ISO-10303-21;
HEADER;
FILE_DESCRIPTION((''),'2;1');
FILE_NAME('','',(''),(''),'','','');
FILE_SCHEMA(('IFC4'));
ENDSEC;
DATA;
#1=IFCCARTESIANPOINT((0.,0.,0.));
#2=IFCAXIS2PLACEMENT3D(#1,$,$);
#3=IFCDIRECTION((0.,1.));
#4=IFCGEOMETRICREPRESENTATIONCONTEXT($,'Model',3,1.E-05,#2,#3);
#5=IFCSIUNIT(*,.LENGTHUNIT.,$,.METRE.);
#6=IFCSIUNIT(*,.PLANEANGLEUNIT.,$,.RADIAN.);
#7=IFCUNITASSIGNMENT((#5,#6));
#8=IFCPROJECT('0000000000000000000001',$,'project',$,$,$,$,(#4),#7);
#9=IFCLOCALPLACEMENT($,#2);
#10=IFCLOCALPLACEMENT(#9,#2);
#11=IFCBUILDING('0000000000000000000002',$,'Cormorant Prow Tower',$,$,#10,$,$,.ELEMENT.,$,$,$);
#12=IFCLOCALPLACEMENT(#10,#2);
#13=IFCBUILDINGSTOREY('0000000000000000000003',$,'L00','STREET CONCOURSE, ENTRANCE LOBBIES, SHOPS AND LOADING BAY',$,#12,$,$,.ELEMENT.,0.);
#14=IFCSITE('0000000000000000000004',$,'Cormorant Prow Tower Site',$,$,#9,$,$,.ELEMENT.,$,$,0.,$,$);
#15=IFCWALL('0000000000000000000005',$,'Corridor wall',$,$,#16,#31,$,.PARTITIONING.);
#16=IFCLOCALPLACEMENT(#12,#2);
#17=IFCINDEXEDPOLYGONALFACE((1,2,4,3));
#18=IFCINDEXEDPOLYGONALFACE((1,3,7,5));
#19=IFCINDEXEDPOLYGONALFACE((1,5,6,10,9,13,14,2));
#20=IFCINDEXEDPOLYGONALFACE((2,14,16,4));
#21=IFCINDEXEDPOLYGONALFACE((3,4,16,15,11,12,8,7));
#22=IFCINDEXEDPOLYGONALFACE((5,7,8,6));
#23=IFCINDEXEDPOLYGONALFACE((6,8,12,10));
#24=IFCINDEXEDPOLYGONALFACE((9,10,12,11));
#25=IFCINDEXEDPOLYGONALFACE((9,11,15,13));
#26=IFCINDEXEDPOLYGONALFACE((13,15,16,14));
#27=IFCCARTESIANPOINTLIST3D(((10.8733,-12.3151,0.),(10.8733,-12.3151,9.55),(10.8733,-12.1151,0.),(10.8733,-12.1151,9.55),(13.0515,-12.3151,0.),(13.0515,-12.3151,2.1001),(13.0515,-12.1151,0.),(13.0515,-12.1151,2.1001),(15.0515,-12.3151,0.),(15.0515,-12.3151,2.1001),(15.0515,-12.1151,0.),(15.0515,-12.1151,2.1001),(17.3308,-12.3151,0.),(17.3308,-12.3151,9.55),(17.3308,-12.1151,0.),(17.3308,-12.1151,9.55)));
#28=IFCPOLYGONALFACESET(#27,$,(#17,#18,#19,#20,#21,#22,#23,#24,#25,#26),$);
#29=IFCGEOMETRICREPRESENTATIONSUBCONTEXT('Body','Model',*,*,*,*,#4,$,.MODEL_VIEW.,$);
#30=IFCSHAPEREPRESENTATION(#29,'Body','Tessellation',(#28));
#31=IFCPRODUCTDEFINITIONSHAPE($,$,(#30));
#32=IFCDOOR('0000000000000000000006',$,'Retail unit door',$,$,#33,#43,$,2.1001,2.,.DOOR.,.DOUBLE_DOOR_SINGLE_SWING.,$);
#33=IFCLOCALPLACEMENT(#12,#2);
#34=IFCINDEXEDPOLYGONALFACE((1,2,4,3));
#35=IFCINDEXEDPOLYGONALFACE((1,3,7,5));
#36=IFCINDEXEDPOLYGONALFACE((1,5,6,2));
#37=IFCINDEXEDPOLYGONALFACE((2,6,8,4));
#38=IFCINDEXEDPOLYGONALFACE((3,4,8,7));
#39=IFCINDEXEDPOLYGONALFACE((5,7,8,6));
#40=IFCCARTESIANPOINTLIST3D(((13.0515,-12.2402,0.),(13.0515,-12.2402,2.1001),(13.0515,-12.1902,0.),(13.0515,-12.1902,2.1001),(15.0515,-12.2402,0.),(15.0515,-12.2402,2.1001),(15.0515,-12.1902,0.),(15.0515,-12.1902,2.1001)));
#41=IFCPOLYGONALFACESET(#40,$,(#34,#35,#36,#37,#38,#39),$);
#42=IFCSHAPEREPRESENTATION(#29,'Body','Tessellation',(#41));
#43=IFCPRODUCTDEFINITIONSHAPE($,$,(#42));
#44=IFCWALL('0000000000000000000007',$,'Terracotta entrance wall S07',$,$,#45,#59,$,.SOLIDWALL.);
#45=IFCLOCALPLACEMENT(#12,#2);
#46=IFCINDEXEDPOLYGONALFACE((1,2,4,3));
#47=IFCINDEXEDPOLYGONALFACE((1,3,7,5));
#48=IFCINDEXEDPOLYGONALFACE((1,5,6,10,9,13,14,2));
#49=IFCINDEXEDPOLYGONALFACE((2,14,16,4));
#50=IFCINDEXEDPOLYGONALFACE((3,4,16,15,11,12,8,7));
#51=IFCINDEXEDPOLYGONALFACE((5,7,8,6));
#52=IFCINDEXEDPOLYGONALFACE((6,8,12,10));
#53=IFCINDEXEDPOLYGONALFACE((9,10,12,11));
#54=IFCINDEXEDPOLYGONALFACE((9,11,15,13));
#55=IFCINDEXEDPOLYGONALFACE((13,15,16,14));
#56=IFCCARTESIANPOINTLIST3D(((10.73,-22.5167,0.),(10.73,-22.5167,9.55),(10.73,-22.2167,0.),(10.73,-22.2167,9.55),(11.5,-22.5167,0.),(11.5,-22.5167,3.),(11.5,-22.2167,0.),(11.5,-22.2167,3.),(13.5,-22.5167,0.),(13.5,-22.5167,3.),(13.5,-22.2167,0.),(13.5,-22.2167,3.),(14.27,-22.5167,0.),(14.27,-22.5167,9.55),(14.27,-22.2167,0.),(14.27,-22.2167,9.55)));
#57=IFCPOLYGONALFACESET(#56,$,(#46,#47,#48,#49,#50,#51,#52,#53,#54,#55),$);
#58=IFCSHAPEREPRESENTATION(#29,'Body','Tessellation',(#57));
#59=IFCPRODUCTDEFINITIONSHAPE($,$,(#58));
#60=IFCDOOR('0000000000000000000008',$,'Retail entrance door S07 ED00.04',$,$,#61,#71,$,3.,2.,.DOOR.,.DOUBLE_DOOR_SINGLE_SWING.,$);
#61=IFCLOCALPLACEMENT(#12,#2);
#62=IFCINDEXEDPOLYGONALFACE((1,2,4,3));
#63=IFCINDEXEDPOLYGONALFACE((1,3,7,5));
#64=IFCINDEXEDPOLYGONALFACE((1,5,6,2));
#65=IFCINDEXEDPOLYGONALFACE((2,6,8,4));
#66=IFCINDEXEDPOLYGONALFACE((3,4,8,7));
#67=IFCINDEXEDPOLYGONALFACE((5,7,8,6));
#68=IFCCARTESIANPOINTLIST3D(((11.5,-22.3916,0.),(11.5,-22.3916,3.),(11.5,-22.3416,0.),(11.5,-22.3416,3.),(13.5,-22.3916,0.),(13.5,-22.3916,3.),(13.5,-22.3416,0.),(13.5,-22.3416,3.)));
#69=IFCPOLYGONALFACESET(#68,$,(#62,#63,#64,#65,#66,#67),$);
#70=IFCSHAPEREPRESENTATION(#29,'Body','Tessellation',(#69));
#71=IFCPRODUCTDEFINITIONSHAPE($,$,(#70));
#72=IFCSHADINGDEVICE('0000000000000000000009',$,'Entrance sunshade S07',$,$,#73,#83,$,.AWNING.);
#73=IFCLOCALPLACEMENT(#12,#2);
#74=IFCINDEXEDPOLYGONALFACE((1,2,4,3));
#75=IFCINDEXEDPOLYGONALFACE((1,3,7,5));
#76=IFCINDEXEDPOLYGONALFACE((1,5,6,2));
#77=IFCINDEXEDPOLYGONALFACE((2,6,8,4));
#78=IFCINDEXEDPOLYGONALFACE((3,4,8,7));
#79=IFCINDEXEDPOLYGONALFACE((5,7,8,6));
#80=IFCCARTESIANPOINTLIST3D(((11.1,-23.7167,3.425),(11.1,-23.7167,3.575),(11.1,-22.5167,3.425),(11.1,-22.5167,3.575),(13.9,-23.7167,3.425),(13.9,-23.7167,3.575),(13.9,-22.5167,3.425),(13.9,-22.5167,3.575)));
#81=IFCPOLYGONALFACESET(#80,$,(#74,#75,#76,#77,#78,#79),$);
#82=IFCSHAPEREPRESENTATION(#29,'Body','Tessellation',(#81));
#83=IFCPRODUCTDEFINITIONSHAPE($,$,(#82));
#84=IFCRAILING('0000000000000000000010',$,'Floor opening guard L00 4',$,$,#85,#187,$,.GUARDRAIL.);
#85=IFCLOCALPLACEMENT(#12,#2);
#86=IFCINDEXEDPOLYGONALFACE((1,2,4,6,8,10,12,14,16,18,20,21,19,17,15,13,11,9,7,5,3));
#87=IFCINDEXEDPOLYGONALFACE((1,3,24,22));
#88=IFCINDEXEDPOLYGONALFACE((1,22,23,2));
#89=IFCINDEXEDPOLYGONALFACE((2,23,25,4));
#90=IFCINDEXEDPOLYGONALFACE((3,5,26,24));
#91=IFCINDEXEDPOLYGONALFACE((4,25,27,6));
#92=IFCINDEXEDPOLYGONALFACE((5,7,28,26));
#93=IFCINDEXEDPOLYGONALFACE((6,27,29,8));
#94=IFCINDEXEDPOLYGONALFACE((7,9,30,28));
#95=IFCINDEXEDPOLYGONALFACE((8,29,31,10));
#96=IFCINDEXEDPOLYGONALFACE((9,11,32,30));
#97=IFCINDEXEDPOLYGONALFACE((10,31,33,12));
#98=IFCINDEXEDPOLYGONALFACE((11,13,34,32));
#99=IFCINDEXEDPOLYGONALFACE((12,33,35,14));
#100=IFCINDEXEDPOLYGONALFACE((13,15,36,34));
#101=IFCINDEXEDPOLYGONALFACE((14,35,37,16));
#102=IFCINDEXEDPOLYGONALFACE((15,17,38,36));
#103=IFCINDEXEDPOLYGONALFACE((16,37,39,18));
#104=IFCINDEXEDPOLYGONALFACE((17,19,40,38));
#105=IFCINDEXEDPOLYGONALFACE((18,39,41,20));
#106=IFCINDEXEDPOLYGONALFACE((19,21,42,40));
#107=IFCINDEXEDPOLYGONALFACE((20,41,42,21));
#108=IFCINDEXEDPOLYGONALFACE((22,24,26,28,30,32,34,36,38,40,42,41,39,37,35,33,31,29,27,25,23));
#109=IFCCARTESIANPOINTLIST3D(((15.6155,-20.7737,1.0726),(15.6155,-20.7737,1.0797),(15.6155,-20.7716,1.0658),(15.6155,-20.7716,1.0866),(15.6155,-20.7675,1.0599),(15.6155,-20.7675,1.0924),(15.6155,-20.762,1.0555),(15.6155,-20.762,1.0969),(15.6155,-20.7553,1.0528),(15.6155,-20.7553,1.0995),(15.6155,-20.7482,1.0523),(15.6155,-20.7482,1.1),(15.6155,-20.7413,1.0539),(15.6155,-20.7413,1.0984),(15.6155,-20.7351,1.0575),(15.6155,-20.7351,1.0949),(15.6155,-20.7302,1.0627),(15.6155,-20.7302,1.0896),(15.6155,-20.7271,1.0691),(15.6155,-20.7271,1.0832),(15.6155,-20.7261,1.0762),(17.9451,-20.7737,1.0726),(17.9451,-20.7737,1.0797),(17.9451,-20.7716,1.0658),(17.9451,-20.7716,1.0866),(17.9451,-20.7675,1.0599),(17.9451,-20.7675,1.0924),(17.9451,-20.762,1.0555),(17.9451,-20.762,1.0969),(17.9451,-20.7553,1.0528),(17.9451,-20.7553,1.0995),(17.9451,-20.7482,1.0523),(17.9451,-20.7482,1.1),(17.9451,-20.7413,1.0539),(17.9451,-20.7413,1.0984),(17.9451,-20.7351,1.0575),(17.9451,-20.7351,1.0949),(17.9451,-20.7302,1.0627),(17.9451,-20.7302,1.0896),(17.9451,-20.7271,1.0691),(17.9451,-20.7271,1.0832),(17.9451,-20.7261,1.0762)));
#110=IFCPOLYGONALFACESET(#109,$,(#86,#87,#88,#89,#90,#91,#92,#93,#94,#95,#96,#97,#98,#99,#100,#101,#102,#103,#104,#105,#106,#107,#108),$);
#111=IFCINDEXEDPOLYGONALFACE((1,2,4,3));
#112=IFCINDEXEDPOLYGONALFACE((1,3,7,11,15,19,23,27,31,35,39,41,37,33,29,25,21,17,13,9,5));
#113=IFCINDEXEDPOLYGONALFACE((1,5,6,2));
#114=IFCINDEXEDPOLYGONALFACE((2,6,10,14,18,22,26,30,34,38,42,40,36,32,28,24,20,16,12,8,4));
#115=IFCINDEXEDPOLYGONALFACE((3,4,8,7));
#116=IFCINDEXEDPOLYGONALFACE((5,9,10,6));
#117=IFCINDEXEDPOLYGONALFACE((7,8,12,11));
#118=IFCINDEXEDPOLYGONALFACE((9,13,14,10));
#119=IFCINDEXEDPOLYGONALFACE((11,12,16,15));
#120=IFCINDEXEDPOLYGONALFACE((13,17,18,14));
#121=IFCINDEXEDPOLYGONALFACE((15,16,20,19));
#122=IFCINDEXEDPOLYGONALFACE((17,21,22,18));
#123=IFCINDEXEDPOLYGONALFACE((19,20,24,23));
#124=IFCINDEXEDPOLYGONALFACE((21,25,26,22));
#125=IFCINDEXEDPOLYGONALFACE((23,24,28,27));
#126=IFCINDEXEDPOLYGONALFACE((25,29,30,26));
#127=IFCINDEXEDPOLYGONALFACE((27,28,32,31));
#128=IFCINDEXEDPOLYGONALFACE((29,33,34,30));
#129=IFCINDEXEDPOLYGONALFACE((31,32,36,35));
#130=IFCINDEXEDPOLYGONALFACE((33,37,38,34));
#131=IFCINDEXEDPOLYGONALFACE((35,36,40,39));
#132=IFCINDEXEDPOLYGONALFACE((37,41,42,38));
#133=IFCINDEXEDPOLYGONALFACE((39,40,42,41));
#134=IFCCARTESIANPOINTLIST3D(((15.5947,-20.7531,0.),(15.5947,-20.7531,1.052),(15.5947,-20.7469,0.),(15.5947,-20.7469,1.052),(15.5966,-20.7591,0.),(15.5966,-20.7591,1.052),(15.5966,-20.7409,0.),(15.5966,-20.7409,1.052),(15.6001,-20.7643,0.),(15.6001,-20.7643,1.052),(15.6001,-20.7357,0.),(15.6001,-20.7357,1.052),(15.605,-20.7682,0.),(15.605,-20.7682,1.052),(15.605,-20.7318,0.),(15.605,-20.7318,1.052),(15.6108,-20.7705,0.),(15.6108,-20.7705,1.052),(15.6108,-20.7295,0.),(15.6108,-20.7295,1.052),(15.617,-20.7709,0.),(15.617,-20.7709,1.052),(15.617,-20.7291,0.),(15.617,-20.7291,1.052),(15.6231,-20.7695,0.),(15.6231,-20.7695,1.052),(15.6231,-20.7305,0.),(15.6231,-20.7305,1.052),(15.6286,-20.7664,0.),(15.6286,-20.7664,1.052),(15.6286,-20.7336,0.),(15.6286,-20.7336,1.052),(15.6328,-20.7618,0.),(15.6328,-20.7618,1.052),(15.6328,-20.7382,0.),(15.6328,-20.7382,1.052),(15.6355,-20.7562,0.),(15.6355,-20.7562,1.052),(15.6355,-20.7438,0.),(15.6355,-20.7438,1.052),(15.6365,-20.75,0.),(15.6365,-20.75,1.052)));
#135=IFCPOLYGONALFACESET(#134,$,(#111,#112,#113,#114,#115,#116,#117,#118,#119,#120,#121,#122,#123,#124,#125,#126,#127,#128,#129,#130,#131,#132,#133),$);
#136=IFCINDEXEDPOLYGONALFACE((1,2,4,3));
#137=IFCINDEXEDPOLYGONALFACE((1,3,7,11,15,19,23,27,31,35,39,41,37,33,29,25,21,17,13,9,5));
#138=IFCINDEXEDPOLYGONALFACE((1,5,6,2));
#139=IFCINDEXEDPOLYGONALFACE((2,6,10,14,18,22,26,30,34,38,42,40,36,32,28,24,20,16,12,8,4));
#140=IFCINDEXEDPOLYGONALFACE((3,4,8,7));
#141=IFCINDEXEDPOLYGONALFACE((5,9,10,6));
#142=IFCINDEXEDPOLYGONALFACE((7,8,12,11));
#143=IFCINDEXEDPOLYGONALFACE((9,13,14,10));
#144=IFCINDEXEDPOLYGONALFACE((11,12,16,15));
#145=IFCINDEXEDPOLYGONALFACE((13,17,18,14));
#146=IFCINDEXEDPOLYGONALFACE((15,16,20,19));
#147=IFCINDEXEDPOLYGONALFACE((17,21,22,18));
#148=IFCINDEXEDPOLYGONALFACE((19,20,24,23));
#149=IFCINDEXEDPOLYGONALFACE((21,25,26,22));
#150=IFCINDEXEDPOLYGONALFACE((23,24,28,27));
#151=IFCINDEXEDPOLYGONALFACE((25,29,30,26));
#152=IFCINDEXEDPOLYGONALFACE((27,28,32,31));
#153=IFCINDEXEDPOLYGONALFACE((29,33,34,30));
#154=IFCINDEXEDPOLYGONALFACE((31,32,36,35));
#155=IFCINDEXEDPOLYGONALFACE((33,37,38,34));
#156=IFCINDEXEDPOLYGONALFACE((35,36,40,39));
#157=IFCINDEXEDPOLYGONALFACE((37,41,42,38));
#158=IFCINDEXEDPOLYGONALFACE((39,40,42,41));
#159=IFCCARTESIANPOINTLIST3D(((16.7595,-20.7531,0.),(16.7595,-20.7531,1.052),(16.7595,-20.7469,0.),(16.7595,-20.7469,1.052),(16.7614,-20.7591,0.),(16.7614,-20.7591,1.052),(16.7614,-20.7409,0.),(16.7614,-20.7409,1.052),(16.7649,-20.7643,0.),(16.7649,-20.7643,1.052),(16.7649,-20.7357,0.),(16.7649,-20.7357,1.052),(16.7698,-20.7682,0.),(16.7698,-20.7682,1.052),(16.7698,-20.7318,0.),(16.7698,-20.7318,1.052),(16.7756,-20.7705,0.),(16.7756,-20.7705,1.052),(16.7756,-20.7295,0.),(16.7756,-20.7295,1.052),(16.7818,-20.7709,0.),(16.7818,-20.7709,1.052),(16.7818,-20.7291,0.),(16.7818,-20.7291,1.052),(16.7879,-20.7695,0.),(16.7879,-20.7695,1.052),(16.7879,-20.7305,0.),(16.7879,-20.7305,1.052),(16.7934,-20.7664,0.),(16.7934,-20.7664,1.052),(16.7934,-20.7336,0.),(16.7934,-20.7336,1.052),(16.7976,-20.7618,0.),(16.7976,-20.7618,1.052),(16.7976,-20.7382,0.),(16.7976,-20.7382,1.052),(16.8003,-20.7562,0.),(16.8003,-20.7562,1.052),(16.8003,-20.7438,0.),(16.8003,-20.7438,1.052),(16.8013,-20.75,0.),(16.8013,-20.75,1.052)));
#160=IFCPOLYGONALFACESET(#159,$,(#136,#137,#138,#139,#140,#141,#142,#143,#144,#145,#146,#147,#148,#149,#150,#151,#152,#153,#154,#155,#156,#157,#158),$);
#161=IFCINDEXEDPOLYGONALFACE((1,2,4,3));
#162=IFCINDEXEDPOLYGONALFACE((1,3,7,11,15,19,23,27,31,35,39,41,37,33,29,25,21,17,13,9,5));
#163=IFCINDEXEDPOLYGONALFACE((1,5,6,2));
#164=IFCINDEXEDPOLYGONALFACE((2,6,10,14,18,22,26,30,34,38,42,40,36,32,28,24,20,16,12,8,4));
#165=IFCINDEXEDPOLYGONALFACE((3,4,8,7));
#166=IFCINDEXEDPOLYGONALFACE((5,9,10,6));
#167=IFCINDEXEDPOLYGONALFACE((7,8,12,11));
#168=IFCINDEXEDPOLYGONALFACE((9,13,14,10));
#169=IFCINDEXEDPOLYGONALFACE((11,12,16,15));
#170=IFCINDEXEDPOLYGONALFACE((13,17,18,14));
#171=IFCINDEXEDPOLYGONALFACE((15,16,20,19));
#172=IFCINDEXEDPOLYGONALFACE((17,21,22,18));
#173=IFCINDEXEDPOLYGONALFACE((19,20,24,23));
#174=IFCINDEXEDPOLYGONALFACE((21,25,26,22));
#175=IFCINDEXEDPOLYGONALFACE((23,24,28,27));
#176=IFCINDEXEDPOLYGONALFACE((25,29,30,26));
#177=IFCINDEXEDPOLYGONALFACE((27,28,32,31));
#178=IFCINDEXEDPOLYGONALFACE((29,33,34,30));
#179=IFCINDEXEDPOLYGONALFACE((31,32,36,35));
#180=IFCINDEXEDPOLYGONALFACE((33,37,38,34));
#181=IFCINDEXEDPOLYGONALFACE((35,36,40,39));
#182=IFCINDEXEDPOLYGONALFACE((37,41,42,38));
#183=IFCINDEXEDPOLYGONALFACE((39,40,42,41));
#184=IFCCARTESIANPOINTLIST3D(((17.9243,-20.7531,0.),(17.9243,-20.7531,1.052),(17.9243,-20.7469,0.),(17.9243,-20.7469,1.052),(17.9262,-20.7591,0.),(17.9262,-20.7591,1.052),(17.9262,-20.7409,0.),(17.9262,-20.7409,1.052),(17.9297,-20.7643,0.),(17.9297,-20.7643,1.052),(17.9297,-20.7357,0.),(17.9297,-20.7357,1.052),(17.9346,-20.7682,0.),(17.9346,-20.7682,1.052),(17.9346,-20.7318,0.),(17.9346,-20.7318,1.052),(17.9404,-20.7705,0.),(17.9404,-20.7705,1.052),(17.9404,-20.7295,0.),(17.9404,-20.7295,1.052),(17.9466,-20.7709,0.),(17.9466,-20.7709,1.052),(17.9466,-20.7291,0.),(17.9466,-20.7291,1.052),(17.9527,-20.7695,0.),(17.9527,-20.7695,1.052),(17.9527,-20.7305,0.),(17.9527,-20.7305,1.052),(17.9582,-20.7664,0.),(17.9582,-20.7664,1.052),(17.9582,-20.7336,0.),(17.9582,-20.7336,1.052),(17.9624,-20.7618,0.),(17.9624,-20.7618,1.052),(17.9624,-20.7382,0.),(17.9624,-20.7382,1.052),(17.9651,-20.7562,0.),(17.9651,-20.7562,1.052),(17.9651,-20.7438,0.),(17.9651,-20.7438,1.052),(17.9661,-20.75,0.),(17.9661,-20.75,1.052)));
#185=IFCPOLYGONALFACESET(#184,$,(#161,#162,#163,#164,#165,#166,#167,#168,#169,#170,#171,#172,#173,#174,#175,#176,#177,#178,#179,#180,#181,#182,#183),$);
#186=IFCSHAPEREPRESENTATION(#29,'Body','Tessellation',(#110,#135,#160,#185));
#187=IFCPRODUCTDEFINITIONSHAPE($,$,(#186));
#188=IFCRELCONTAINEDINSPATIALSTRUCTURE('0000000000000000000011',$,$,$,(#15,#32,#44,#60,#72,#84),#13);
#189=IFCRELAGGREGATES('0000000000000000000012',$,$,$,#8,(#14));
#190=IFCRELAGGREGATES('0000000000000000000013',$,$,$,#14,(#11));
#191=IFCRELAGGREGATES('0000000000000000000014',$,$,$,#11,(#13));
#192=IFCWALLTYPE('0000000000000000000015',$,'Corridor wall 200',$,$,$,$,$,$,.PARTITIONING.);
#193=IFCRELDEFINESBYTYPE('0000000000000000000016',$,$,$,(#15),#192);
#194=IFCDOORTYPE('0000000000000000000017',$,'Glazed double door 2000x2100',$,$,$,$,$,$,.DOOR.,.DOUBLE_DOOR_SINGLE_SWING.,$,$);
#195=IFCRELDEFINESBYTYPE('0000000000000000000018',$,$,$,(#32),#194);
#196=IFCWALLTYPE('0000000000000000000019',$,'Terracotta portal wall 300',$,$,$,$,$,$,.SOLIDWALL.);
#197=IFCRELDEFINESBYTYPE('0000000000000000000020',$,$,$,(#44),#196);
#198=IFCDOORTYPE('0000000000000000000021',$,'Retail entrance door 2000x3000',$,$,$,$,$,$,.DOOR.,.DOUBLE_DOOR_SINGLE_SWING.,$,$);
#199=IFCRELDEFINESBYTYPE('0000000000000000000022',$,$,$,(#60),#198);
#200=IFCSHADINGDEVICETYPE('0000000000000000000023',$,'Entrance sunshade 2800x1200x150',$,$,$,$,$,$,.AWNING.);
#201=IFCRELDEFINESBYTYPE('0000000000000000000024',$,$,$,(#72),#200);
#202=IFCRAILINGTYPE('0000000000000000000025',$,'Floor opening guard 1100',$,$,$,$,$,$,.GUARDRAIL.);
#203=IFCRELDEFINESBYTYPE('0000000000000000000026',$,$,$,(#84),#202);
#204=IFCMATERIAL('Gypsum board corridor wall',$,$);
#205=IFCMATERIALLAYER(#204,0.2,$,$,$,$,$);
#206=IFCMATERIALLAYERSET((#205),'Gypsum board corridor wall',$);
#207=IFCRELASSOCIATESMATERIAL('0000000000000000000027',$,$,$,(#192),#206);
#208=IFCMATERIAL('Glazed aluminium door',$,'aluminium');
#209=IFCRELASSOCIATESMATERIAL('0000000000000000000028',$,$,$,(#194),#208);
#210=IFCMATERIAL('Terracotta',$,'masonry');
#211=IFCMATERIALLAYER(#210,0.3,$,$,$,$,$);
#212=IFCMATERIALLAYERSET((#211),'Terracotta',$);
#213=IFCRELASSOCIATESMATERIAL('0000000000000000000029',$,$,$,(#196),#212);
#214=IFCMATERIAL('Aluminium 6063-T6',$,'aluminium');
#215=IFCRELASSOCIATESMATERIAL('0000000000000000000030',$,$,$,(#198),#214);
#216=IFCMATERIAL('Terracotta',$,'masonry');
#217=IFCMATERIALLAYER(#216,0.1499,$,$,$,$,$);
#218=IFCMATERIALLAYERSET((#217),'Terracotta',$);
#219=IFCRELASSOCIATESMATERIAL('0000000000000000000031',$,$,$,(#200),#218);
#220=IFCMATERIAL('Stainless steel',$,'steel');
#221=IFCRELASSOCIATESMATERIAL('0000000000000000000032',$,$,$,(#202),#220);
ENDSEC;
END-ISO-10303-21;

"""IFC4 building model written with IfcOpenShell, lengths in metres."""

from ifc_helpers import new_model, si_unit, direction, frame, frame_2d, origin, origin_2d, place, context, subcontext, project, spatial, rectangle, circle, extrude, material, layer, layer_set, type_object, element, fill, save


model = new_model("IFC4")

# Units and contexts
model_context = context("Model", 3, precision=1e-05, world=origin(), true_north=direction((0.0, 1.0)))
body_context = subcontext(model_context, "Body", "Model", "MODEL_VIEW")
ifc_project = project(units=[si_unit("LENGTHUNIT", "METRE"), si_unit("PLANEANGLEUNIT", "RADIAN")], contexts=[model_context])

# Site, building, storey
site_placement = place(None, origin())
site = spatial("IfcSite", under=ifc_project, at=site_placement, Name="Cormorant Prow Tower Site", CompositionType="ELEMENT", RefElevation=0.0)
building_placement = place(site_placement, origin())
building = spatial("IfcBuilding", under=site, at=building_placement, Name="Cormorant Prow Tower", CompositionType="ELEMENT")
storey_placement = place(building_placement, origin())
storey = spatial("IfcBuildingStorey", under=building, at=storey_placement, Name="L00", Description="STREET CONCOURSE, ENTRANCE LOBBIES, SHOPS AND LOADING BAY", CompositionType="ELEMENT", Elevation=0.0)

# Walls, openings, doors
ifc_material_1 = material(Name="Gypsum board corridor wall")
ifc_layer_1 = layer(ifc_material_1, 0.2)
ifc_layer_set_1 = layer_set([ifc_layer_1], Name="Gypsum board corridor wall")
wall_type_1 = type_object("IfcWallType", Name="Corridor wall 200", PredefinedType="PARTITIONING", material=ifc_layer_set_1)
wall_1_placement = place(storey_placement, frame((10.8733, -12.2151, 0.0), z_axis=(0.0, 0.0, 1.0), x_axis=(1.0, 0.0, 0.0)))
wall_1 = element("IfcWall", 1, at=wall_1_placement, inside=storey, type_object=wall_type_1, Name="Corridor wall", PredefinedType="PARTITIONING", context=body_context, shape_type="SweptSolid", body=[
    extrude(rectangle(XDim=6.4575, YDim=0.2, at=frame_2d((3.2288, 0.0))), origin(), (0.0, 0.0, 1.0), 9.55),
])
opening_1_placement = place(wall_1_placement, frame((2.1782, 0.0, 0.0)))
opening_1 = element("IfcOpeningElement", 2, at=opening_1_placement, cuts=wall_1, PredefinedType="OPENING", context=body_context, shape_type="SweptSolid", body=[
    extrude(rectangle(XDim=2.0, YDim=2.1001, at=frame_2d((1.0, 1.05))), frame((0.0, 0.1099, 0.0), z_axis=(0.0, -1.0, 0.0), x_axis=(1.0, 0.0, 0.0)), (0.0, 0.0, 1.0), 0.22),
])
ifc_material_2 = material(Name="Glazed aluminium door", Category="aluminium")
door_type_1 = type_object("IfcDoorType", Name="Glazed double door 2000x2100", OperationType="DOUBLE_DOOR_SINGLE_SWING", PredefinedType="DOOR", material=ifc_material_2)
door_1_placement = place(opening_1_placement, origin())
door_1 = element("IfcDoor", 3, at=door_1_placement, inside=storey, type_object=door_type_1, Name="Retail unit door", OperationType="DOUBLE_DOOR_SINGLE_SWING", OverallHeight=2.1001, OverallWidth=2.0, PredefinedType="DOOR", context=body_context, shape_type="SweptSolid", body=[
    extrude(rectangle(XDim=2.0, YDim=2.1001, at=frame_2d((1.0, 1.05))), frame((0.0, 0.0249, 0.0), z_axis=(0.0, -1.0, 0.0), x_axis=(1.0, 0.0, 0.0)), (0.0, 0.0, 1.0), 0.05),
])
fill(opening_1, door_1)
ifc_material_3 = material(Name="Terracotta", Category="masonry")
ifc_layer_2 = layer(ifc_material_3, 0.3)
ifc_layer_set_2 = layer_set([ifc_layer_2], Name="Terracotta")
wall_type_2 = type_object("IfcWallType", Name="Terracotta portal wall 300", PredefinedType="SOLIDWALL", material=ifc_layer_set_2)
wall_2_placement = place(storey_placement, frame((14.27, -22.3667, 0.0), z_axis=(0.0, 0.0, 1.0), x_axis=(-1.0, 0.0, 0.0)))
wall_2 = element("IfcWall", 4, at=wall_2_placement, inside=storey, type_object=wall_type_2, Name="Terracotta entrance wall S07", PredefinedType="SOLIDWALL", context=body_context, shape_type="SweptSolid", body=[
    extrude(rectangle(XDim=3.54, YDim=0.3, at=frame_2d((1.77, 0.0))), origin(), (0.0, 0.0, 1.0), 9.55),
])
opening_2_placement = place(wall_2_placement, frame((0.77, 0.0, 0.0)))
opening_2 = element("IfcOpeningElement", 5, at=opening_2_placement, cuts=wall_2, PredefinedType="OPENING", context=body_context, shape_type="SweptSolid", body=[
    extrude(rectangle(XDim=2.0, YDim=3.0, at=frame_2d((1.0, 1.5))), frame((0.0, 0.1599, 0.0), z_axis=(0.0, -1.0, 0.0), x_axis=(1.0, 0.0, 0.0)), (0.0, 0.0, 1.0), 0.3201),
])
ifc_material_4 = material(Name="Aluminium 6063-T6", Category="aluminium")
door_type_2 = type_object("IfcDoorType", Name="Retail entrance door 2000x3000", OperationType="DOUBLE_DOOR_SINGLE_SWING", PredefinedType="DOOR", material=ifc_material_4)
door_2_placement = place(opening_2_placement, origin())
door_2 = element("IfcDoor", 6, at=door_2_placement, inside=storey, type_object=door_type_2, Name="Retail entrance door S07 ED00.04", OperationType="DOUBLE_DOOR_SINGLE_SWING", OverallHeight=3.0, OverallWidth=2.0, PredefinedType="DOOR", context=body_context, shape_type="SweptSolid", body=[
    extrude(rectangle(XDim=2.0, YDim=3.0, at=frame_2d((1.0, 1.5))), frame((0.0, 0.0249, 0.0), z_axis=(0.0, -1.0, 0.0), x_axis=(1.0, 0.0, 0.0)), (0.0, 0.0, 1.0), 0.05),
])
fill(opening_2, door_2)

# Shading device
ifc_material_5 = material(Name="Terracotta", Category="masonry")
ifc_layer_3 = layer(ifc_material_5, 0.1499)
ifc_layer_set_3 = layer_set([ifc_layer_3], Name="Terracotta")
shading_device_type = type_object("IfcShadingDeviceType", Name="Entrance sunshade 2800x1200x150", PredefinedType="AWNING", material=ifc_layer_set_3)
shading_device_placement = place(storey_placement, frame((12.5, -23.1167, 3.425), z_axis=(0.0, 0.0, 1.0), x_axis=(1.0, 0.0, 0.0)))
element("IfcShadingDevice", 7, at=shading_device_placement, inside=storey, type_object=shading_device_type, Name="Entrance sunshade S07", PredefinedType="AWNING", context=body_context, shape_type="SweptSolid", body=[
    extrude(rectangle(XDim=2.8, YDim=1.2, at=origin_2d()), origin(), (0.0, 0.0, 1.0), 0.1499),
])

# Railing
ifc_material_6 = material(Name="Stainless steel", Category="steel")
railing_type = type_object("IfcRailingType", Name="Floor opening guard 1100", PredefinedType="GUARDRAIL", material=ifc_material_6)
railing_placement = place(storey_placement, frame((15.6155, -20.75, 0.0)))
element("IfcRailing", 8, at=railing_placement, inside=storey, type_object=railing_type, Name="Floor opening guard L00 4", PredefinedType="GUARDRAIL", context=body_context, shape_type="SweptSolid", body=[
    extrude(circle(Radius=0.0239, at=origin_2d()), frame((0.0, 0.0, 1.0762), z_axis=(1.0, 0.0, 0.0), x_axis=(0.0, 1.0, 0.0)), (0.0, 0.0, 1.0), 2.3296),
    extrude(circle(Radius=0.021, at=origin_2d()), origin(), (0.0, 0.0, 1.0), 1.052),
    extrude(circle(Radius=0.021, at=origin_2d()), frame((1.1648, 0.0, 0.0)), (0.0, 0.0, 1.0), 1.052),
    extrude(circle(Radius=0.021, at=origin_2d()), frame((2.3296, 0.0, 0.0)), (0.0, 0.0, 1.0), 1.052),
])

save(model, "model.ifc")
